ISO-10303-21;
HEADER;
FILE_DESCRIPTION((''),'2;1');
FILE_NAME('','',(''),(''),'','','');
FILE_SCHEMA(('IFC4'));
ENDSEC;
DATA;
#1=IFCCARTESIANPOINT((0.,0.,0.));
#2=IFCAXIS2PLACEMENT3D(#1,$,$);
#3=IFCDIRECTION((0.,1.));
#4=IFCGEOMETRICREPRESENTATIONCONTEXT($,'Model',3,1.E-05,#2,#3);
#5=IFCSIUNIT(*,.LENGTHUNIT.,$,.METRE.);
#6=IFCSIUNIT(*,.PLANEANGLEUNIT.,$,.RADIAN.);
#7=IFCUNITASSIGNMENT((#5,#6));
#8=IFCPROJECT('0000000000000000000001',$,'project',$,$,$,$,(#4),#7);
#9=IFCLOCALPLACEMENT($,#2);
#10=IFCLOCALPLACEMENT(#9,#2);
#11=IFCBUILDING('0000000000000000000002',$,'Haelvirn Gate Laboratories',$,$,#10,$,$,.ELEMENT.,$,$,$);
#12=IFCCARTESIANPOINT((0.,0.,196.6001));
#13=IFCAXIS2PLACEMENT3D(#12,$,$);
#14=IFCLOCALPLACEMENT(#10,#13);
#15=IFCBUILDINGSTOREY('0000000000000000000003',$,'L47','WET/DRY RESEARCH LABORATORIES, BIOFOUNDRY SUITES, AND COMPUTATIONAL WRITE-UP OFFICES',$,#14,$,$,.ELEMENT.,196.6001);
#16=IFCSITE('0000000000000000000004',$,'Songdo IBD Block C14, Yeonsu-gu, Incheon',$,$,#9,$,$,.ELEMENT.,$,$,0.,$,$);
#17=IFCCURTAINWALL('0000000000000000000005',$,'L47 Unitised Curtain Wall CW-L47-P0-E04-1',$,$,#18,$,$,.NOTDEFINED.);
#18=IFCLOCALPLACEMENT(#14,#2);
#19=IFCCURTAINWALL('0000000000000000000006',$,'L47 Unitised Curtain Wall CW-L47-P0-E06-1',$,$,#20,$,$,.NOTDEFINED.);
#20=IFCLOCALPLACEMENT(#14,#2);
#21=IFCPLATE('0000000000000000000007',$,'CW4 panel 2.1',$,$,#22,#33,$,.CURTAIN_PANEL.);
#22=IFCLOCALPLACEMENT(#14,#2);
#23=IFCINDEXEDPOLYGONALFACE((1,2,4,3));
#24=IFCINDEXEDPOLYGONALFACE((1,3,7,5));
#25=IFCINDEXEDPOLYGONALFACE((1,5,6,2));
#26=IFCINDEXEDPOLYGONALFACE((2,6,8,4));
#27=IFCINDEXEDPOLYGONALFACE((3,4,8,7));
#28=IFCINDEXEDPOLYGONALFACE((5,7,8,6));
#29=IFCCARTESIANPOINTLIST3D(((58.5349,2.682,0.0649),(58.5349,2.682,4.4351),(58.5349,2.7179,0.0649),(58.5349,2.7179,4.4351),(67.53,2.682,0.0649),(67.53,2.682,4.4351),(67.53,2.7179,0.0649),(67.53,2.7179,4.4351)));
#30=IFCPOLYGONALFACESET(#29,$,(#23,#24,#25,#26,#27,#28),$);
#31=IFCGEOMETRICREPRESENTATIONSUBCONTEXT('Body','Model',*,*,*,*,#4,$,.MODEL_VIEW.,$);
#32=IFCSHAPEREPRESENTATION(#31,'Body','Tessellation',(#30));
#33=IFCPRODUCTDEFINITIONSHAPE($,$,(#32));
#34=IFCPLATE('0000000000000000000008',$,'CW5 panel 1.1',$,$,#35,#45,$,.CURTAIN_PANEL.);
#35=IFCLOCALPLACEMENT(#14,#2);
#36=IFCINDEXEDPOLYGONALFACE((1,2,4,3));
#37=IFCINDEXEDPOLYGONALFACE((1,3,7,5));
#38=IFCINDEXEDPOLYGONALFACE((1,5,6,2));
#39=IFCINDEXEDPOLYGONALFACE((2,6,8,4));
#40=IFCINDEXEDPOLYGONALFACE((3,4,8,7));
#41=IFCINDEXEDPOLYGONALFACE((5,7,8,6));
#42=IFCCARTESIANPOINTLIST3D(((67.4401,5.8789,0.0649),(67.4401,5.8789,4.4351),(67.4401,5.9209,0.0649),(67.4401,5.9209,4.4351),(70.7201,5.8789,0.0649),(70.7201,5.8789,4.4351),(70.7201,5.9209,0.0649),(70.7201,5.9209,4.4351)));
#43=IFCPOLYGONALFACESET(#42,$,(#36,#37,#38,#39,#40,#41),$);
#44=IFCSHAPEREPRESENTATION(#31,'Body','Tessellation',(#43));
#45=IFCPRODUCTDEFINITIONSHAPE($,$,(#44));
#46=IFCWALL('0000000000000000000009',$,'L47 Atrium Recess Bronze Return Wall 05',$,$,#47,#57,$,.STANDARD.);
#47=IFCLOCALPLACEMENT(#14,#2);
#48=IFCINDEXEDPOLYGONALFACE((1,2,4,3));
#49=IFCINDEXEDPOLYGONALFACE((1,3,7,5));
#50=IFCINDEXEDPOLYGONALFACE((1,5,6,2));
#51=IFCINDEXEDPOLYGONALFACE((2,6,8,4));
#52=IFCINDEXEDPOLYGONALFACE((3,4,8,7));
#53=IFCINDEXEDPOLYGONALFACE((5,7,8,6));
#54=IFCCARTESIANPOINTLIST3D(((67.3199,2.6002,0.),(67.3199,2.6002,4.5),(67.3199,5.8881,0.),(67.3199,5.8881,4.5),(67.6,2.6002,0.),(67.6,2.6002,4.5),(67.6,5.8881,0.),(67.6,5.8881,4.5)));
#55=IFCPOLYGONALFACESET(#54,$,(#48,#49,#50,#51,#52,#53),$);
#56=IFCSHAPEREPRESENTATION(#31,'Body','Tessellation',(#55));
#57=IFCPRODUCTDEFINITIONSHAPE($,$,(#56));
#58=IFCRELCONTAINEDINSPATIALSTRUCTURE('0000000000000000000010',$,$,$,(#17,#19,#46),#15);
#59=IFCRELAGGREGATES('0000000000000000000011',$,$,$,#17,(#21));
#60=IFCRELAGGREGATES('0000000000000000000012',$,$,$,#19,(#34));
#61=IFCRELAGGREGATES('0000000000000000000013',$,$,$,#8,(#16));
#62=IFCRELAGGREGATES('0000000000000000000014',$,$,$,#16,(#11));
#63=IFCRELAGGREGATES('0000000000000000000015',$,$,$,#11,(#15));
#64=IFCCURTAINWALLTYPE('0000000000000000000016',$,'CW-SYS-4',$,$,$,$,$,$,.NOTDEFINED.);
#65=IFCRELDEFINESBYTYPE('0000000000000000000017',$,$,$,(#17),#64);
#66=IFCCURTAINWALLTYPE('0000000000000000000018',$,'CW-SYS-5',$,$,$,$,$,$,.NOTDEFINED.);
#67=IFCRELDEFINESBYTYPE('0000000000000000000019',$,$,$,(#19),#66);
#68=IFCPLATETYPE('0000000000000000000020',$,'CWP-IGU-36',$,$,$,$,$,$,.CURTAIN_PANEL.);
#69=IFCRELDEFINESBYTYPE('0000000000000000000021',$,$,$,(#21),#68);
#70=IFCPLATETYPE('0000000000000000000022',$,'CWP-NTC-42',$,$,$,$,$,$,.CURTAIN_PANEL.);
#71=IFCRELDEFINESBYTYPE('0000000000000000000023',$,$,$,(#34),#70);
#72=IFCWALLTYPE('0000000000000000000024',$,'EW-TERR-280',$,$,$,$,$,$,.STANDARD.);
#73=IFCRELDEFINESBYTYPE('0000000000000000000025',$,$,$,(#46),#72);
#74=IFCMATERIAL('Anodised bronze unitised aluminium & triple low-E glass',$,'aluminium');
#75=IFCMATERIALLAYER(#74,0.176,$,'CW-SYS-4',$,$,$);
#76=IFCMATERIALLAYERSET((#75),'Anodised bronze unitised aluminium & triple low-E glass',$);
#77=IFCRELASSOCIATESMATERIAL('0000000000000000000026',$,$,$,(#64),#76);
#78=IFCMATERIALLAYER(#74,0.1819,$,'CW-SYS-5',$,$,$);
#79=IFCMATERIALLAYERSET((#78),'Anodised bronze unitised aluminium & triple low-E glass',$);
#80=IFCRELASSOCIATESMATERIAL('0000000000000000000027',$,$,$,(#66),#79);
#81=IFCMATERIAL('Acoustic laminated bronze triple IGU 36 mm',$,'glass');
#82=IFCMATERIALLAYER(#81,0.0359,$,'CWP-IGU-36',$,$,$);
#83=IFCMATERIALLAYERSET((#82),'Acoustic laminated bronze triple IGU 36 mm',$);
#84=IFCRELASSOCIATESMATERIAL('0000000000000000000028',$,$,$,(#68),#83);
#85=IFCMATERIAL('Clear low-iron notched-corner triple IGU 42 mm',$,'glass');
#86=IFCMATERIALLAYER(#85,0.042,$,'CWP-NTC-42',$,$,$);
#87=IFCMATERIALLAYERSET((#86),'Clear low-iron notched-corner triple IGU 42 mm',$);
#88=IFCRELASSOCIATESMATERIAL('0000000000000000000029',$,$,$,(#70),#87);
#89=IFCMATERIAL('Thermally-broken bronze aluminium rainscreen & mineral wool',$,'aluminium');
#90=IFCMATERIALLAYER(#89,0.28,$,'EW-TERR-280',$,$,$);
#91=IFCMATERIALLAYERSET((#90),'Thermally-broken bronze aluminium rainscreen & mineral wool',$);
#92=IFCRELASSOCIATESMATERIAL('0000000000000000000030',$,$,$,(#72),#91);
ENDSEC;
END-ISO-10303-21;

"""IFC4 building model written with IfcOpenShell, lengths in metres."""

from ifc_helpers import new_model, si_unit, direction, frame, frame_2d, origin, origin_2d, place, context, subcontext, project, spatial, rectangle, extrude, source, transform, mapped, material, layer, layer_set, type_object, type_shapes, element, aggregate, save


model = new_model("IFC4")

# Units and contexts
model_context = context("Model", 3, precision=1e-05, world=origin(), true_north=direction((0.0, 1.0)))
body_context = subcontext(model_context, "Body", "Model", "MODEL_VIEW")
ifc_project = project(units=[si_unit("LENGTHUNIT", "METRE"), si_unit("PLANEANGLEUNIT", "RADIAN")], contexts=[model_context])

# Site, building, storey
site_placement = place(None, origin())
site = spatial("IfcSite", under=ifc_project, at=site_placement, Name="Songdo IBD Block C14, Yeonsu-gu, Incheon", CompositionType="ELEMENT", RefElevation=0.0)
building_placement = place(site_placement, origin())
building = spatial("IfcBuilding", under=site, at=building_placement, Name="Haelvirn Gate Laboratories", CompositionType="ELEMENT")
storey_placement = place(building_placement, frame((0.0, 0.0, 196.6001)))
storey = spatial("IfcBuildingStorey", under=building, at=storey_placement, Name="L47", Description="WET/DRY RESEARCH LABORATORIES, BIOFOUNDRY SUITES, AND COMPUTATIONAL WRITE-UP OFFICES", CompositionType="ELEMENT", Elevation=196.6001)

# Curtain wall
ifc_material_1 = material(Name="Anodised bronze unitised aluminium & triple low-E glass", Category="aluminium")
ifc_layer_1 = layer(ifc_material_1, 0.176, Name="CW-SYS-4")
ifc_layer_set_1 = layer_set([ifc_layer_1], Name="Anodised bronze unitised aluminium & triple low-E glass")
curtain_wall_type_1 = type_object("IfcCurtainWallType", Name="CW-SYS-4", PredefinedType="NOTDEFINED", material=ifc_layer_set_1)
curtain_wall_1_placement = place(storey_placement, origin())
curtain_wall_1 = element("IfcCurtainWall", 1, at=curtain_wall_1_placement, inside=storey, type_object=curtain_wall_type_1, Name="L47 Unitised Curtain Wall CW-L47-P0-E04-1", PredefinedType="NOTDEFINED")

# Curtain wall
ifc_layer_2 = layer(ifc_material_1, 0.1819, Name="CW-SYS-5")
ifc_layer_set_2 = layer_set([ifc_layer_2], Name="Anodised bronze unitised aluminium & triple low-E glass")
curtain_wall_type_2 = type_object("IfcCurtainWallType", Name="CW-SYS-5", PredefinedType="NOTDEFINED", material=ifc_layer_set_2)
curtain_wall_2_placement = place(storey_placement, origin())
curtain_wall_2 = element("IfcCurtainWall", 2, at=curtain_wall_2_placement, inside=storey, type_object=curtain_wall_type_2, Name="L47 Unitised Curtain Wall CW-L47-P0-E06-1", PredefinedType="NOTDEFINED")

# Plates
ifc_material_2 = material(Name="Acoustic laminated bronze triple IGU 36 mm", Category="glass")
ifc_layer_3 = layer(ifc_material_2, 0.0359, Name="CWP-IGU-36")
ifc_layer_set_3 = layer_set([ifc_layer_3], Name="Acoustic laminated bronze triple IGU 36 mm")
plate_type_1 = type_object("IfcPlateType", Name="CWP-IGU-36", PredefinedType="CURTAIN_PANEL", material=ifc_layer_set_3)
shared_shape_1 = source(origin(), body_context, "Body", "SweptSolid", [
    extrude(rectangle(XDim=8.9951, YDim=0.0359, at=origin_2d()), origin(), (0.0, 0.0, 1.0), 4.3701),
])
type_shapes(plate_type_1, [shared_shape_1])
plate_1_placement = place(storey_placement, frame((63.0325, 2.7, 0.0649), z_axis=(0.0, 0.0, 1.0), x_axis=(1.0, 0.0, 0.0)))
plate_1 = element("IfcPlate", 3, at=plate_1_placement, type_object=plate_type_1, Name="CW4 panel 2.1", PredefinedType="CURTAIN_PANEL", context=body_context, shape_type="MappedRepresentation", body=[
    mapped(shared_shape_1, transform((0.0, 0.0, 0.0), scale=1.0)),
])
aggregate(curtain_wall_1, [plate_1])
ifc_material_3 = material(Name="Clear low-iron notched-corner triple IGU 42 mm", Category="glass")
ifc_layer_4 = layer(ifc_material_3, 0.042, Name="CWP-NTC-42")
ifc_layer_set_4 = layer_set([ifc_layer_4], Name="Clear low-iron notched-corner triple IGU 42 mm")
plate_type_2 = type_object("IfcPlateType", Name="CWP-NTC-42", PredefinedType="CURTAIN_PANEL", material=ifc_layer_set_4)
shared_shape_2 = source(origin(), body_context, "Body", "SweptSolid", [
    extrude(rectangle(XDim=3.28, YDim=0.042, at=origin_2d()), origin(), (0.0, 0.0, 1.0), 4.3701),
])
type_shapes(plate_type_2, [shared_shape_2])
plate_2_placement = place(storey_placement, frame((69.0801, 5.8999, 0.0649), z_axis=(0.0, 0.0, 1.0), x_axis=(1.0, 0.0, 0.0)))
plate_2 = element("IfcPlate", 4, at=plate_2_placement, type_object=plate_type_2, Name="CW5 panel 1.1", PredefinedType="CURTAIN_PANEL", context=body_context, shape_type="MappedRepresentation", body=[
    mapped(shared_shape_2, transform((0.0, 0.0, 0.0), scale=1.0)),
])
aggregate(curtain_wall_2, [plate_2])

# Wall
ifc_material_4 = material(Name="Thermally-broken bronze aluminium rainscreen & mineral wool", Category="aluminium")
ifc_layer_5 = layer(ifc_material_4, 0.28, Name="EW-TERR-280")
ifc_layer_set_5 = layer_set([ifc_layer_5], Name="Thermally-broken bronze aluminium rainscreen & mineral wool")
wall_type = type_object("IfcWallType", Name="EW-TERR-280", PredefinedType="STANDARD", material=ifc_layer_set_5)
wall_placement = place(storey_placement, frame((67.46, 2.6001, 0.0), z_axis=(0.0, 0.0, 1.0), x_axis=(0.0, 1.0, 0.0)))
element("IfcWall", 5, at=wall_placement, inside=storey, type_object=wall_type, Name="L47 Atrium Recess Bronze Return Wall 05", PredefinedType="STANDARD", context=body_context, shape_type="SweptSolid", body=[
    extrude(rectangle(XDim=3.2878, YDim=0.28, at=frame_2d((1.644, 0.0))), origin(), (0.0, 0.0, 1.0), 4.5),
])

save(model, "model.ifc")
